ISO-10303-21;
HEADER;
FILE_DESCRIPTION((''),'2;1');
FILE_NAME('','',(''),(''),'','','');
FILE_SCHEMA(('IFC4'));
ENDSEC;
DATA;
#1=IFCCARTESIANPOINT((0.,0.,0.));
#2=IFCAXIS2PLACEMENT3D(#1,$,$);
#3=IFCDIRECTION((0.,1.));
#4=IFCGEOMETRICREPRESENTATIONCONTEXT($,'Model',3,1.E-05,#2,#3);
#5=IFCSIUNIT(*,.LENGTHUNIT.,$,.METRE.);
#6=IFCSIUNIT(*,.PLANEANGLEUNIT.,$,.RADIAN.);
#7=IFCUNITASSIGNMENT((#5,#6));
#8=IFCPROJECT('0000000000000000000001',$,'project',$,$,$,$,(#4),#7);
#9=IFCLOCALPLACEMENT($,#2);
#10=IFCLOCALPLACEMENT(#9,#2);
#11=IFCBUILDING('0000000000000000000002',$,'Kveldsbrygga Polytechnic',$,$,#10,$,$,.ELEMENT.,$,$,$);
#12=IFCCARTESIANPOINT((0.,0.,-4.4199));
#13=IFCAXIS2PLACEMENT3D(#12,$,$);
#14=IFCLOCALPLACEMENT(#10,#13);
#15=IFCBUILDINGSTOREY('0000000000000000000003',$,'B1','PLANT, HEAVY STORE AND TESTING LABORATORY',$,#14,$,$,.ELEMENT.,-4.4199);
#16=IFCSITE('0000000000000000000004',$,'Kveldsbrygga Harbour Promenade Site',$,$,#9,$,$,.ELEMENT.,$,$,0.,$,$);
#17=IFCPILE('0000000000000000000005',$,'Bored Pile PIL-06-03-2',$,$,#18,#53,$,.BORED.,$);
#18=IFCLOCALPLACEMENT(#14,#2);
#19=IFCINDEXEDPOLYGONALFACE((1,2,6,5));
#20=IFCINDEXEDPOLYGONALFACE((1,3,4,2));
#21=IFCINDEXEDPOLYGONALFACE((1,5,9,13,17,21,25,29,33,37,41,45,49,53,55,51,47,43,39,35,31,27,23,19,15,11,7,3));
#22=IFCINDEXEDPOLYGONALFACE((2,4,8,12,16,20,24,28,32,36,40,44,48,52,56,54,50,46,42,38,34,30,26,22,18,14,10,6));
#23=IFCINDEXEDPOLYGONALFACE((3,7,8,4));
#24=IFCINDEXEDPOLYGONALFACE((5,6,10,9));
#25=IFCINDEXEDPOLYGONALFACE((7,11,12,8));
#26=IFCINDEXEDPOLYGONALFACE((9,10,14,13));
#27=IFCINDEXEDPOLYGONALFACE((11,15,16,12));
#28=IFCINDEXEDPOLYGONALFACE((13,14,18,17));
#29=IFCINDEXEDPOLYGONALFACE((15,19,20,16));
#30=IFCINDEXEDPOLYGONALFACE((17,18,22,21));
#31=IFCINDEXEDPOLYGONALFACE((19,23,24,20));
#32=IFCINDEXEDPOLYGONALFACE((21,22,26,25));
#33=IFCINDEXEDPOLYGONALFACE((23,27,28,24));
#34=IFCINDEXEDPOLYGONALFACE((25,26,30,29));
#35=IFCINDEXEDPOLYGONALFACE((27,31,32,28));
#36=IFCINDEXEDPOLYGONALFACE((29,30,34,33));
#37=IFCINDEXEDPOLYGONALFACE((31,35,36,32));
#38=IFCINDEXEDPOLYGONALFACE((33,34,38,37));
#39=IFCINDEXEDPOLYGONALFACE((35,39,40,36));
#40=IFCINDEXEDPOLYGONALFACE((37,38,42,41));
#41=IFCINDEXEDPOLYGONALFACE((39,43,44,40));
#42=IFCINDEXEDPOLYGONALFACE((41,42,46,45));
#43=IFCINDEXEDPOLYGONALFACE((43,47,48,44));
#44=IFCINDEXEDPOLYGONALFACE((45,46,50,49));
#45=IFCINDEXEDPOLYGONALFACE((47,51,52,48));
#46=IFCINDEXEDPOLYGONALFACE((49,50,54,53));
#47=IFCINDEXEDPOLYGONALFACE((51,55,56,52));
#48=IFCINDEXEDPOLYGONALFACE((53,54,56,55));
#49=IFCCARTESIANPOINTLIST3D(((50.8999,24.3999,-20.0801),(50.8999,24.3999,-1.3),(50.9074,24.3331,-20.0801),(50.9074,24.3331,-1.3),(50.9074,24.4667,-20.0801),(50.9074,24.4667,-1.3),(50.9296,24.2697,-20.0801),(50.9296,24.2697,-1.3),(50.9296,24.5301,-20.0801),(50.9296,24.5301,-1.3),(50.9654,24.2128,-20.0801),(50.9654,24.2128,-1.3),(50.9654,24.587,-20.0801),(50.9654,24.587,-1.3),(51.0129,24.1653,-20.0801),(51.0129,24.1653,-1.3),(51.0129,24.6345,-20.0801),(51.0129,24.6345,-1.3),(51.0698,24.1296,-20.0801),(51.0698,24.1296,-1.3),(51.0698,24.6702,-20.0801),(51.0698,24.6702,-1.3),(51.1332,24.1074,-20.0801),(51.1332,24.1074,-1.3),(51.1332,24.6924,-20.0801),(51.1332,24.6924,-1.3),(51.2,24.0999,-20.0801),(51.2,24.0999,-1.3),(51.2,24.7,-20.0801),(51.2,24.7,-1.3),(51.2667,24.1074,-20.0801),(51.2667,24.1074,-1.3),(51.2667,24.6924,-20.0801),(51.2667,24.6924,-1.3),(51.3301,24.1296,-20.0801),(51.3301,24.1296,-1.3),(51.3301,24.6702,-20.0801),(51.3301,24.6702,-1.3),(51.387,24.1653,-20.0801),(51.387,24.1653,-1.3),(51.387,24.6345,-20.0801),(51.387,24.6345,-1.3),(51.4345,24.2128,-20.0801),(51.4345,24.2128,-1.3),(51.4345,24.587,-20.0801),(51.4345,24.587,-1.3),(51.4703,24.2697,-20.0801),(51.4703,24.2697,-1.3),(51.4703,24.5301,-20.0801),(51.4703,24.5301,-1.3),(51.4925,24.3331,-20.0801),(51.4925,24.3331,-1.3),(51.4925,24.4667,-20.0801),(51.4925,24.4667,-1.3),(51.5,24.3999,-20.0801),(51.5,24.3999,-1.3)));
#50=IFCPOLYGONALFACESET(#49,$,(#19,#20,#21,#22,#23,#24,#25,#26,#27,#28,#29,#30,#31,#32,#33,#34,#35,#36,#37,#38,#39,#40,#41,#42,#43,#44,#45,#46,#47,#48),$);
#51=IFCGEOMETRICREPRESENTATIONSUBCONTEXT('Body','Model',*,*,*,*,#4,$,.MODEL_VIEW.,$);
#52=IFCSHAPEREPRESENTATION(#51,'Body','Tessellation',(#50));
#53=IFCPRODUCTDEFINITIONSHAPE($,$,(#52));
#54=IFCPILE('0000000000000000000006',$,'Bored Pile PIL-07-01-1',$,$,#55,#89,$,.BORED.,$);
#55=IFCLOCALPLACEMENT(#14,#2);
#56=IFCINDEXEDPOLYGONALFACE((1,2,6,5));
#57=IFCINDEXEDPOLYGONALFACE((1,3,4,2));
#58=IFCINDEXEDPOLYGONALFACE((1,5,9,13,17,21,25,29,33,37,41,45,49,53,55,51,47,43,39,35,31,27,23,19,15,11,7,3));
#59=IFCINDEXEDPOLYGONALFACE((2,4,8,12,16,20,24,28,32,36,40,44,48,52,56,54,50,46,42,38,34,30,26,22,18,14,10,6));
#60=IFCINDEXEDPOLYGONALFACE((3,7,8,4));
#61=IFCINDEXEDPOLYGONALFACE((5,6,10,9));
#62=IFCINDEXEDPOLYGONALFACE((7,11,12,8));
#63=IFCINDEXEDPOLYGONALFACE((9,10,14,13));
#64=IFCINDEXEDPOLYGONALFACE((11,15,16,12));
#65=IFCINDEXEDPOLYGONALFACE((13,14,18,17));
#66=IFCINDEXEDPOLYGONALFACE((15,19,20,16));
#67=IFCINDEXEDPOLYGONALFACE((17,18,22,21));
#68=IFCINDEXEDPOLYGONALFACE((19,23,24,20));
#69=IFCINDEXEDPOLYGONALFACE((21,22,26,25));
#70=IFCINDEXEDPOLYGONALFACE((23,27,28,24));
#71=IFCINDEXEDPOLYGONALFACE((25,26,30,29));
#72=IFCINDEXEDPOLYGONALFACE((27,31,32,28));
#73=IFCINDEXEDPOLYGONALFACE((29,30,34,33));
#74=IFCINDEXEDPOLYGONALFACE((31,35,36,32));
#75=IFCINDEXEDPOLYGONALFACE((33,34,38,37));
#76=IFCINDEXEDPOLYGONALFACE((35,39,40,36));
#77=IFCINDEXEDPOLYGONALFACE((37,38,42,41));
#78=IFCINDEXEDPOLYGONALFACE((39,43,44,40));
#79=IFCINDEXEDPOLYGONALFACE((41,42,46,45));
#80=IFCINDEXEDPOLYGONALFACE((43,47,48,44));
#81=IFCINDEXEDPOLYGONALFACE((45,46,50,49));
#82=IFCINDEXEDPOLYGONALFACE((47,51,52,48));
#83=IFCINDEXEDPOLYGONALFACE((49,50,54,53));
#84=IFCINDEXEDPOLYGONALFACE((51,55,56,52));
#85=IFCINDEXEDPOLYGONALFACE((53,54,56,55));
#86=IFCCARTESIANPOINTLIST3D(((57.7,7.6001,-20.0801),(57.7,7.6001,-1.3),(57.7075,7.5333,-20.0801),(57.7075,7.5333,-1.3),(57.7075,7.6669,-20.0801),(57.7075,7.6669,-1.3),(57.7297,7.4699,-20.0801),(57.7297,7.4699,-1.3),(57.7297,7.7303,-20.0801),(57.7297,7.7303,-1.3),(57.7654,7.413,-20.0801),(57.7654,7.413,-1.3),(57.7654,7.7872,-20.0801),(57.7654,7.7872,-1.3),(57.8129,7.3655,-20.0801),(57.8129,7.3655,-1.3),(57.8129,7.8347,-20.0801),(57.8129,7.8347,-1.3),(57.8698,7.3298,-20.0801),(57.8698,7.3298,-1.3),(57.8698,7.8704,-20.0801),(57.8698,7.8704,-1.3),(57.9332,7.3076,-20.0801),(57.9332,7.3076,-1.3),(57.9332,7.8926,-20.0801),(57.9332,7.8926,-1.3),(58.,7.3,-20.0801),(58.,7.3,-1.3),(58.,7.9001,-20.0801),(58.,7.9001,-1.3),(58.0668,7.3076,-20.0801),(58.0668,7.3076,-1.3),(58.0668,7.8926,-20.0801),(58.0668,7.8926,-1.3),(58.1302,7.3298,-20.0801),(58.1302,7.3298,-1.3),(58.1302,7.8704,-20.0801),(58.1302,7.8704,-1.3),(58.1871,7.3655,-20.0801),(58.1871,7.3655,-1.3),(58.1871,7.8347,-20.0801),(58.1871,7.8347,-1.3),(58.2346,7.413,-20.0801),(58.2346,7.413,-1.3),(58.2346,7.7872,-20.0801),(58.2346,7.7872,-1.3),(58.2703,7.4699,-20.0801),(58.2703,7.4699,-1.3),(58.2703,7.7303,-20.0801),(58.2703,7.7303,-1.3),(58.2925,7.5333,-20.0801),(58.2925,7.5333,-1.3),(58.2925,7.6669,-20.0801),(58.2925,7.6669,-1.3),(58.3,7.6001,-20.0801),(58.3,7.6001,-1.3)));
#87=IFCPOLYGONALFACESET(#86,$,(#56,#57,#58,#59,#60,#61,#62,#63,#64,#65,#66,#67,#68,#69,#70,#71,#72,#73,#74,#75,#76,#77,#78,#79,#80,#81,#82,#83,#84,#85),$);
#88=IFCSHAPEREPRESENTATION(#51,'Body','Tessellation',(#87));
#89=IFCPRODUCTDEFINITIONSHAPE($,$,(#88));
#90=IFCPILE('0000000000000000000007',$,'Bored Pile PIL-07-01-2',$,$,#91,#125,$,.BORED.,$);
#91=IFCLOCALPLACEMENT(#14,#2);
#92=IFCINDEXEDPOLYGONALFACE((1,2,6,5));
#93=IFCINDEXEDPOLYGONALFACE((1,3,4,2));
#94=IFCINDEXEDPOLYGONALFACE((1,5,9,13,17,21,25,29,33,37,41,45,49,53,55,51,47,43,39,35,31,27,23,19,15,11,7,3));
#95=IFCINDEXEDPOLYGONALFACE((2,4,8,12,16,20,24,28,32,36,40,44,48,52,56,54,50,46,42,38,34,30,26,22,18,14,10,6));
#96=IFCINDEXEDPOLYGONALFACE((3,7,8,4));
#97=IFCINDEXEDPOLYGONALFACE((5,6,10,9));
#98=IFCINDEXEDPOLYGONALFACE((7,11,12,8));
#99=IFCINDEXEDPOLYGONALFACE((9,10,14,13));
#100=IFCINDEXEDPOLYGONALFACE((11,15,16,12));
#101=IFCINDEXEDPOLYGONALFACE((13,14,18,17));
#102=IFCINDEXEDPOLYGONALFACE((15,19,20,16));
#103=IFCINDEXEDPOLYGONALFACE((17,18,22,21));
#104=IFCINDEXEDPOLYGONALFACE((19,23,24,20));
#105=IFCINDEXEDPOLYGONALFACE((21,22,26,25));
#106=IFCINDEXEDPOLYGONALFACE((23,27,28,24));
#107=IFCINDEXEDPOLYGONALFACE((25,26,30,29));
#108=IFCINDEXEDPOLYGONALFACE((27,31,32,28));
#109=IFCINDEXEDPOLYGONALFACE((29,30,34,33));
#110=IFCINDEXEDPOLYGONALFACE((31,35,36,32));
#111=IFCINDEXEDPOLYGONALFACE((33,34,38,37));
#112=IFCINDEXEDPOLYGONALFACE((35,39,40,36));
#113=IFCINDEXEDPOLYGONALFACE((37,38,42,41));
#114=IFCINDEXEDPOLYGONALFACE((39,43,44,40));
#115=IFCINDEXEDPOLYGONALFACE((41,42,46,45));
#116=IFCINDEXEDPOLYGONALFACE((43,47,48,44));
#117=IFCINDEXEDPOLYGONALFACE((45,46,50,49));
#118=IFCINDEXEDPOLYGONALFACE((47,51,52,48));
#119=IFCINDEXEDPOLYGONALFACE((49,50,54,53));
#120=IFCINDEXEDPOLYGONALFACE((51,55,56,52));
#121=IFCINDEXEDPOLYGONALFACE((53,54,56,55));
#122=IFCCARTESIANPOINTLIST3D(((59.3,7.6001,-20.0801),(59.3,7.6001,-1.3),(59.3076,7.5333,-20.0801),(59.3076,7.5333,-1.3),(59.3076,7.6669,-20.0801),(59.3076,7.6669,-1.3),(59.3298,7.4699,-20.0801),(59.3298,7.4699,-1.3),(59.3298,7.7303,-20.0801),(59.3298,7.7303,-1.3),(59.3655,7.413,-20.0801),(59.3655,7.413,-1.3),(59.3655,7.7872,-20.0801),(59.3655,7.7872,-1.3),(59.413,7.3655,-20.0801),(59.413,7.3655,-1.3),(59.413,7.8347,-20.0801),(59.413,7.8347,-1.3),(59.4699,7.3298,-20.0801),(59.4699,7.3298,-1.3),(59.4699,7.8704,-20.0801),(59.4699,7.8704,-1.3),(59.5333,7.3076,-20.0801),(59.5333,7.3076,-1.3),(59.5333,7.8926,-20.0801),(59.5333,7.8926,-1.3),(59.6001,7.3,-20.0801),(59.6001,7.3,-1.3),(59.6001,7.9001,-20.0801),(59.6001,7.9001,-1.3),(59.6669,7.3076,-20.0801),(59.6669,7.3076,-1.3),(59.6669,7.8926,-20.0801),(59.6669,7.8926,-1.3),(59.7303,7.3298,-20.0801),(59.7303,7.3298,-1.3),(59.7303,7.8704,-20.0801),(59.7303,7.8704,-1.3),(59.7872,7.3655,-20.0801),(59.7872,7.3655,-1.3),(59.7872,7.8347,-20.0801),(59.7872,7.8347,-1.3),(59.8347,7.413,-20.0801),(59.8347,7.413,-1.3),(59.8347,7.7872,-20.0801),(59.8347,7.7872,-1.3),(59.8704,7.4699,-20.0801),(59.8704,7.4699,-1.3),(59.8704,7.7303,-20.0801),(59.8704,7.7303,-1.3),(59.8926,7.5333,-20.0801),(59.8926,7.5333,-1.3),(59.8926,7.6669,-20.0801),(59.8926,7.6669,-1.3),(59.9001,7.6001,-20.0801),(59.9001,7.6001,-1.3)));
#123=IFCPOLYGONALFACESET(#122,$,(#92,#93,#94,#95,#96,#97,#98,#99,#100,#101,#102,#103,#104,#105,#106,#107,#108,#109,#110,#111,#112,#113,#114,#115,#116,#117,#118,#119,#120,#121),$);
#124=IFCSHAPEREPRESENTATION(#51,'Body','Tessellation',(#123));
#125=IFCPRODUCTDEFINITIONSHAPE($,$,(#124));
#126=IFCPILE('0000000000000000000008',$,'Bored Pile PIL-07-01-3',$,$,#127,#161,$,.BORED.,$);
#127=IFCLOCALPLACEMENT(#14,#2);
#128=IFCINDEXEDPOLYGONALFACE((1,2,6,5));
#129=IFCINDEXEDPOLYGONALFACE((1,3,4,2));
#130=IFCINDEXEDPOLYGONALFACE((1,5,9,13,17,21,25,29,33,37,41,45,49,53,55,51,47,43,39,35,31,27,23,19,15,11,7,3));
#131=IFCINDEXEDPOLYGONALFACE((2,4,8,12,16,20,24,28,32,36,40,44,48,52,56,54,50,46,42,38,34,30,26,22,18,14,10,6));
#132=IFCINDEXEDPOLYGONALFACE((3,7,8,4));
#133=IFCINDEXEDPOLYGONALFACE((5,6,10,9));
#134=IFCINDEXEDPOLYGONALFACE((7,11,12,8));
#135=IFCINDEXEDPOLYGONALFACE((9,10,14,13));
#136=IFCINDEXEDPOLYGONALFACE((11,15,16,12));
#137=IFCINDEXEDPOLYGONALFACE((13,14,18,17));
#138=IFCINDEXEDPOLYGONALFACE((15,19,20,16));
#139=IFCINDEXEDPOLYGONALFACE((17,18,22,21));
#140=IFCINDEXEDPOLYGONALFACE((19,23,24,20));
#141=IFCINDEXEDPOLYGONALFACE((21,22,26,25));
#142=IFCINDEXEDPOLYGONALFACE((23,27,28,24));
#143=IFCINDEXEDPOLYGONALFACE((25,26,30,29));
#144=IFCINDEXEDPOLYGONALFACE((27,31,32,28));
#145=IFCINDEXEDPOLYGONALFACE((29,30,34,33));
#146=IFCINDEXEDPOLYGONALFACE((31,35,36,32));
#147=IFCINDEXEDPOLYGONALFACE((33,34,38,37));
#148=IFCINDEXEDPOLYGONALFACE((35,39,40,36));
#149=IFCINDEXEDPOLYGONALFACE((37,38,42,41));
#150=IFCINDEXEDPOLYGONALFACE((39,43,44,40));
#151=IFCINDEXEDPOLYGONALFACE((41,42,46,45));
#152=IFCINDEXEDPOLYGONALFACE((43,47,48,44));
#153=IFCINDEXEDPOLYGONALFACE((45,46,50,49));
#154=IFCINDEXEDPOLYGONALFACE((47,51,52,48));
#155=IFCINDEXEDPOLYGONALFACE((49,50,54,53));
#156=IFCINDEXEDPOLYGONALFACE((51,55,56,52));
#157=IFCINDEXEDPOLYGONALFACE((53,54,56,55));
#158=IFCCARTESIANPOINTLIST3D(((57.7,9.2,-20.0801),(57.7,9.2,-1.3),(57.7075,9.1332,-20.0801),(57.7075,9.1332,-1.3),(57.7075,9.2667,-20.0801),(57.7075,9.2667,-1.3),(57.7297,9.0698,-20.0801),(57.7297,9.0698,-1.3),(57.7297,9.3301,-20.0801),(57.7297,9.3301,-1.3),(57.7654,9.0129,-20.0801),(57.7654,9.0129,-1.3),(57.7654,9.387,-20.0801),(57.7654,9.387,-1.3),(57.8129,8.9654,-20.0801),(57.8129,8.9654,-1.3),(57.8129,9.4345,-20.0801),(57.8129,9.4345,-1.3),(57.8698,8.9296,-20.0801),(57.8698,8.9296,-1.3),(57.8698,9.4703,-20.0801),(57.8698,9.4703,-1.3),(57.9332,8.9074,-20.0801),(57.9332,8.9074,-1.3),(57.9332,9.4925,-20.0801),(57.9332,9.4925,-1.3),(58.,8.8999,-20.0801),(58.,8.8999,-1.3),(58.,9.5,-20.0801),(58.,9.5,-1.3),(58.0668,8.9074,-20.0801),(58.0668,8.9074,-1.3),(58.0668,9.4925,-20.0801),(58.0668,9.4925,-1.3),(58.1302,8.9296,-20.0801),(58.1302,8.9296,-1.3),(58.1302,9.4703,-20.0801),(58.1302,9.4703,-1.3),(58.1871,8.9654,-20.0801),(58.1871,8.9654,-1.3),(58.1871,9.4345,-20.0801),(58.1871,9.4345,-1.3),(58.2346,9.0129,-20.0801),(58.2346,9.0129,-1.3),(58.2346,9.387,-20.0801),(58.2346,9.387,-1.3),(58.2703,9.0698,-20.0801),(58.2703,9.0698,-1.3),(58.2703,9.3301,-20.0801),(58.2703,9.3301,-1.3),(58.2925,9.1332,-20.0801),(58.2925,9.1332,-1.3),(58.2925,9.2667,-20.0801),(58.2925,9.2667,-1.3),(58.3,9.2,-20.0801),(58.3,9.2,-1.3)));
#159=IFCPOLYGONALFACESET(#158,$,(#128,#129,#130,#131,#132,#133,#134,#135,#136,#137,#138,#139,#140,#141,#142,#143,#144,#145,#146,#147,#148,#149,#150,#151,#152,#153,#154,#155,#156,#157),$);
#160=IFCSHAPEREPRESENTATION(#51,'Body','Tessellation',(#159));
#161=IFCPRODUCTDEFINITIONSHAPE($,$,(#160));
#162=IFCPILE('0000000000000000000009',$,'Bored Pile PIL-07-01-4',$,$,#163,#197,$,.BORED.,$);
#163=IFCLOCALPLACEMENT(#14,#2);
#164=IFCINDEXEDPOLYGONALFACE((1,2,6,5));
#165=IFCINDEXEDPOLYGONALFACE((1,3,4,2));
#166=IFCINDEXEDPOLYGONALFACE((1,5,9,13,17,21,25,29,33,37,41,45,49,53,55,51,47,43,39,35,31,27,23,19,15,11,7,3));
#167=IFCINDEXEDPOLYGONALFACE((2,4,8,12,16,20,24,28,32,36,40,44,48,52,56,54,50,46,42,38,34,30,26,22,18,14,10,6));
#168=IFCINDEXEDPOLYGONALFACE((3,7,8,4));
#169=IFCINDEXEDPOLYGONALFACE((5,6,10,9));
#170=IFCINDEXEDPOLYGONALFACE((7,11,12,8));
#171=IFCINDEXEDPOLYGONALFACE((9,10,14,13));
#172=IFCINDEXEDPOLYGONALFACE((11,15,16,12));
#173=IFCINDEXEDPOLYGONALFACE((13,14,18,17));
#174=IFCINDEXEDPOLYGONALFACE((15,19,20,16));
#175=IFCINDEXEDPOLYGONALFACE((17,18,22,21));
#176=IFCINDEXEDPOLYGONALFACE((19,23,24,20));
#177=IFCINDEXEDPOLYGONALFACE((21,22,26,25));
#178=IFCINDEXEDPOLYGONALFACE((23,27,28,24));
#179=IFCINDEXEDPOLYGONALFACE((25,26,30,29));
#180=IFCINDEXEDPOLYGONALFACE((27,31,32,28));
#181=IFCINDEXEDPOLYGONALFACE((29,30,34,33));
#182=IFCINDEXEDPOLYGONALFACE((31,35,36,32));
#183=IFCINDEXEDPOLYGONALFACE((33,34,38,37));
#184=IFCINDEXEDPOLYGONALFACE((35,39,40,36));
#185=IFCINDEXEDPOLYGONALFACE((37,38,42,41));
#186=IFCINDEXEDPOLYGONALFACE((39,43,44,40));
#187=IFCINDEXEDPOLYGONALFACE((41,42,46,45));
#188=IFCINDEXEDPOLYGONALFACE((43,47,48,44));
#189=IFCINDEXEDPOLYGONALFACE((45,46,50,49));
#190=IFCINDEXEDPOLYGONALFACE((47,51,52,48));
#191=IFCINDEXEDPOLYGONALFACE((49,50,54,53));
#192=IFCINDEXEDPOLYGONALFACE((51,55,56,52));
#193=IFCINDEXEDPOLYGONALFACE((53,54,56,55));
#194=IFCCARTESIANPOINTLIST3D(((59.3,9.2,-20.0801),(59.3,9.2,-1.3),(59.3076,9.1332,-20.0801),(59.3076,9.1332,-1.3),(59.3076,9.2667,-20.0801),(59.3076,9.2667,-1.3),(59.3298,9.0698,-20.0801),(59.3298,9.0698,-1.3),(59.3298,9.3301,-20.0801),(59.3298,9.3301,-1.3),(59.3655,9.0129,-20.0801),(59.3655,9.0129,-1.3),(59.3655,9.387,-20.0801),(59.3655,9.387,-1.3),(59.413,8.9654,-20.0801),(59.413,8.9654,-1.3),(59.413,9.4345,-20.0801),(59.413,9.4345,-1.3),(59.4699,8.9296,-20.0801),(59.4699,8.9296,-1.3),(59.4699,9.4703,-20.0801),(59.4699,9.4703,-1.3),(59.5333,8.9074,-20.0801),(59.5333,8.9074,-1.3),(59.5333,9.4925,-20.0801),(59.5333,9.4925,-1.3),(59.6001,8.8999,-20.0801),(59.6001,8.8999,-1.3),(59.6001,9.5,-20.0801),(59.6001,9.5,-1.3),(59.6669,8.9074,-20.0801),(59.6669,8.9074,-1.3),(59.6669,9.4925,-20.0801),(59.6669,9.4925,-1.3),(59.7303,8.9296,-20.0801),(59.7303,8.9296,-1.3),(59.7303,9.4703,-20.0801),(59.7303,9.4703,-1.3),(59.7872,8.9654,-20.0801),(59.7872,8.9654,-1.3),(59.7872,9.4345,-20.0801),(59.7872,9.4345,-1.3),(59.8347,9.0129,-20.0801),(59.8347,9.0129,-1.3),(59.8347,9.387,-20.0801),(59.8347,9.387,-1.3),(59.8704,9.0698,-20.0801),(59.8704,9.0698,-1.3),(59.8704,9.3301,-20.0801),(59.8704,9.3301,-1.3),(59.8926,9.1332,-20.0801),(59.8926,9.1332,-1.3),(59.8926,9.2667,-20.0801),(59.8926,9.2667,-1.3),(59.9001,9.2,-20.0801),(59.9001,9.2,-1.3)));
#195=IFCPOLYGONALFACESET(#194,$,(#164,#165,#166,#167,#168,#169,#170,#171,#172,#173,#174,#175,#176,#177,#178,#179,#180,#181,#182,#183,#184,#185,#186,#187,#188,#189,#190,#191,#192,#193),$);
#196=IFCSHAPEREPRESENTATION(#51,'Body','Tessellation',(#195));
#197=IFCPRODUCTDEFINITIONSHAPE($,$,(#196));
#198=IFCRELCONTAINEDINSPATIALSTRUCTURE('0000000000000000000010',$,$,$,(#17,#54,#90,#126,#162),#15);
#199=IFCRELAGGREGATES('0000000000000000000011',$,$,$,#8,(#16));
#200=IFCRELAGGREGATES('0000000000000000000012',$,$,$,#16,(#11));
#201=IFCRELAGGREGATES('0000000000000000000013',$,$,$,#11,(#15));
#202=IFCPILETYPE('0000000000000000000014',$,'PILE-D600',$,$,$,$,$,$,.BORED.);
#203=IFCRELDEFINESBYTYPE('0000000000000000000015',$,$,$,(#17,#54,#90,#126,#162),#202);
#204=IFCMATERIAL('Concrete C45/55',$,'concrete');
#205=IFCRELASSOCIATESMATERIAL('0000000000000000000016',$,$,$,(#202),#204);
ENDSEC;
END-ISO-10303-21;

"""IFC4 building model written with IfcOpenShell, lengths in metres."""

from ifc_helpers import new_model, si_unit, direction, frame, origin, origin_2d, place, context, subcontext, project, spatial, circle, extrude, material, material_profile, profile_set, type_object, element, save


model = new_model("IFC4")

# Units and contexts
model_context = context("Model", 3, precision=1e-05, world=origin(), true_north=direction((0.0, 1.0)))
body_context = subcontext(model_context, "Body", "Model", "MODEL_VIEW")
ifc_project = project(units=[si_unit("LENGTHUNIT", "METRE"), si_unit("PLANEANGLEUNIT", "RADIAN")], contexts=[model_context])

# Site, building, storey
site_placement = place(None, origin())
site = spatial("IfcSite", under=ifc_project, at=site_placement, Name="Kveldsbrygga Harbour Promenade Site", CompositionType="ELEMENT", RefElevation=0.0)
building_placement = place(site_placement, origin())
building = spatial("IfcBuilding", under=site, at=building_placement, Name="Kveldsbrygga Polytechnic", CompositionType="ELEMENT")
storey_placement = place(building_placement, frame((0.0, 0.0, -4.4199)))
storey = spatial("IfcBuildingStorey", under=building, at=storey_placement, Name="B1", Description="PLANT, HEAVY STORE AND TESTING LABORATORY", CompositionType="ELEMENT", Elevation=-4.4199)

# Shared definitions
ifc_material_1 = material(Name="Concrete C45/55", Category="concrete")

# Piles
ifc_material_profile_1 = material_profile(ifc_material_1, circle(Radius=0.3, at=origin_2d()), Name="PILE D600")
ifc_profile_set_1 = profile_set([ifc_material_profile_1], Name="Concrete C45/55")
pile_type = type_object("IfcPileType", Name="PILE-D600", PredefinedType="BORED", material=ifc_profile_set_1)
for number, where, z_axis, x_axis, name in (
    (1, (51.2, 24.3999, -1.3), (0.0, 0.0, -1.0), (1.0, 0.0, 0.0), "Bored Pile PIL-06-03-2"),
    (2, (58.0, 7.6001, -1.3), (0.0, 0.0, -1.0), (1.0, 0.0, 0.0), "Bored Pile PIL-07-01-1"),
    (3, (59.6001, 7.6001, -1.3), (0.0, 0.0, -1.0), (1.0, 0.0, 0.0), "Bored Pile PIL-07-01-2"),
    (4, (58.0, 9.2, -1.3), (0.0, 0.0, -1.0), (1.0, 0.0, 0.0), "Bored Pile PIL-07-01-3"),
    (5, (59.6001, 9.2, -1.3), (0.0, 0.0, -1.0), (1.0, 0.0, 0.0), "Bored Pile PIL-07-01-4"),
):
    element("IfcPile", number, at=place(storey_placement, frame(where, z_axis=z_axis, x_axis=x_axis)), inside=storey, type_object=pile_type, Name=name, PredefinedType="BORED", context=body_context, shape_type="SweptSolid", body=[
        extrude(circle(Radius=0.3, at=origin_2d()), origin(), (0.0, 0.0, 1.0), 18.78),
    ])

save(model, "model.ifc")
